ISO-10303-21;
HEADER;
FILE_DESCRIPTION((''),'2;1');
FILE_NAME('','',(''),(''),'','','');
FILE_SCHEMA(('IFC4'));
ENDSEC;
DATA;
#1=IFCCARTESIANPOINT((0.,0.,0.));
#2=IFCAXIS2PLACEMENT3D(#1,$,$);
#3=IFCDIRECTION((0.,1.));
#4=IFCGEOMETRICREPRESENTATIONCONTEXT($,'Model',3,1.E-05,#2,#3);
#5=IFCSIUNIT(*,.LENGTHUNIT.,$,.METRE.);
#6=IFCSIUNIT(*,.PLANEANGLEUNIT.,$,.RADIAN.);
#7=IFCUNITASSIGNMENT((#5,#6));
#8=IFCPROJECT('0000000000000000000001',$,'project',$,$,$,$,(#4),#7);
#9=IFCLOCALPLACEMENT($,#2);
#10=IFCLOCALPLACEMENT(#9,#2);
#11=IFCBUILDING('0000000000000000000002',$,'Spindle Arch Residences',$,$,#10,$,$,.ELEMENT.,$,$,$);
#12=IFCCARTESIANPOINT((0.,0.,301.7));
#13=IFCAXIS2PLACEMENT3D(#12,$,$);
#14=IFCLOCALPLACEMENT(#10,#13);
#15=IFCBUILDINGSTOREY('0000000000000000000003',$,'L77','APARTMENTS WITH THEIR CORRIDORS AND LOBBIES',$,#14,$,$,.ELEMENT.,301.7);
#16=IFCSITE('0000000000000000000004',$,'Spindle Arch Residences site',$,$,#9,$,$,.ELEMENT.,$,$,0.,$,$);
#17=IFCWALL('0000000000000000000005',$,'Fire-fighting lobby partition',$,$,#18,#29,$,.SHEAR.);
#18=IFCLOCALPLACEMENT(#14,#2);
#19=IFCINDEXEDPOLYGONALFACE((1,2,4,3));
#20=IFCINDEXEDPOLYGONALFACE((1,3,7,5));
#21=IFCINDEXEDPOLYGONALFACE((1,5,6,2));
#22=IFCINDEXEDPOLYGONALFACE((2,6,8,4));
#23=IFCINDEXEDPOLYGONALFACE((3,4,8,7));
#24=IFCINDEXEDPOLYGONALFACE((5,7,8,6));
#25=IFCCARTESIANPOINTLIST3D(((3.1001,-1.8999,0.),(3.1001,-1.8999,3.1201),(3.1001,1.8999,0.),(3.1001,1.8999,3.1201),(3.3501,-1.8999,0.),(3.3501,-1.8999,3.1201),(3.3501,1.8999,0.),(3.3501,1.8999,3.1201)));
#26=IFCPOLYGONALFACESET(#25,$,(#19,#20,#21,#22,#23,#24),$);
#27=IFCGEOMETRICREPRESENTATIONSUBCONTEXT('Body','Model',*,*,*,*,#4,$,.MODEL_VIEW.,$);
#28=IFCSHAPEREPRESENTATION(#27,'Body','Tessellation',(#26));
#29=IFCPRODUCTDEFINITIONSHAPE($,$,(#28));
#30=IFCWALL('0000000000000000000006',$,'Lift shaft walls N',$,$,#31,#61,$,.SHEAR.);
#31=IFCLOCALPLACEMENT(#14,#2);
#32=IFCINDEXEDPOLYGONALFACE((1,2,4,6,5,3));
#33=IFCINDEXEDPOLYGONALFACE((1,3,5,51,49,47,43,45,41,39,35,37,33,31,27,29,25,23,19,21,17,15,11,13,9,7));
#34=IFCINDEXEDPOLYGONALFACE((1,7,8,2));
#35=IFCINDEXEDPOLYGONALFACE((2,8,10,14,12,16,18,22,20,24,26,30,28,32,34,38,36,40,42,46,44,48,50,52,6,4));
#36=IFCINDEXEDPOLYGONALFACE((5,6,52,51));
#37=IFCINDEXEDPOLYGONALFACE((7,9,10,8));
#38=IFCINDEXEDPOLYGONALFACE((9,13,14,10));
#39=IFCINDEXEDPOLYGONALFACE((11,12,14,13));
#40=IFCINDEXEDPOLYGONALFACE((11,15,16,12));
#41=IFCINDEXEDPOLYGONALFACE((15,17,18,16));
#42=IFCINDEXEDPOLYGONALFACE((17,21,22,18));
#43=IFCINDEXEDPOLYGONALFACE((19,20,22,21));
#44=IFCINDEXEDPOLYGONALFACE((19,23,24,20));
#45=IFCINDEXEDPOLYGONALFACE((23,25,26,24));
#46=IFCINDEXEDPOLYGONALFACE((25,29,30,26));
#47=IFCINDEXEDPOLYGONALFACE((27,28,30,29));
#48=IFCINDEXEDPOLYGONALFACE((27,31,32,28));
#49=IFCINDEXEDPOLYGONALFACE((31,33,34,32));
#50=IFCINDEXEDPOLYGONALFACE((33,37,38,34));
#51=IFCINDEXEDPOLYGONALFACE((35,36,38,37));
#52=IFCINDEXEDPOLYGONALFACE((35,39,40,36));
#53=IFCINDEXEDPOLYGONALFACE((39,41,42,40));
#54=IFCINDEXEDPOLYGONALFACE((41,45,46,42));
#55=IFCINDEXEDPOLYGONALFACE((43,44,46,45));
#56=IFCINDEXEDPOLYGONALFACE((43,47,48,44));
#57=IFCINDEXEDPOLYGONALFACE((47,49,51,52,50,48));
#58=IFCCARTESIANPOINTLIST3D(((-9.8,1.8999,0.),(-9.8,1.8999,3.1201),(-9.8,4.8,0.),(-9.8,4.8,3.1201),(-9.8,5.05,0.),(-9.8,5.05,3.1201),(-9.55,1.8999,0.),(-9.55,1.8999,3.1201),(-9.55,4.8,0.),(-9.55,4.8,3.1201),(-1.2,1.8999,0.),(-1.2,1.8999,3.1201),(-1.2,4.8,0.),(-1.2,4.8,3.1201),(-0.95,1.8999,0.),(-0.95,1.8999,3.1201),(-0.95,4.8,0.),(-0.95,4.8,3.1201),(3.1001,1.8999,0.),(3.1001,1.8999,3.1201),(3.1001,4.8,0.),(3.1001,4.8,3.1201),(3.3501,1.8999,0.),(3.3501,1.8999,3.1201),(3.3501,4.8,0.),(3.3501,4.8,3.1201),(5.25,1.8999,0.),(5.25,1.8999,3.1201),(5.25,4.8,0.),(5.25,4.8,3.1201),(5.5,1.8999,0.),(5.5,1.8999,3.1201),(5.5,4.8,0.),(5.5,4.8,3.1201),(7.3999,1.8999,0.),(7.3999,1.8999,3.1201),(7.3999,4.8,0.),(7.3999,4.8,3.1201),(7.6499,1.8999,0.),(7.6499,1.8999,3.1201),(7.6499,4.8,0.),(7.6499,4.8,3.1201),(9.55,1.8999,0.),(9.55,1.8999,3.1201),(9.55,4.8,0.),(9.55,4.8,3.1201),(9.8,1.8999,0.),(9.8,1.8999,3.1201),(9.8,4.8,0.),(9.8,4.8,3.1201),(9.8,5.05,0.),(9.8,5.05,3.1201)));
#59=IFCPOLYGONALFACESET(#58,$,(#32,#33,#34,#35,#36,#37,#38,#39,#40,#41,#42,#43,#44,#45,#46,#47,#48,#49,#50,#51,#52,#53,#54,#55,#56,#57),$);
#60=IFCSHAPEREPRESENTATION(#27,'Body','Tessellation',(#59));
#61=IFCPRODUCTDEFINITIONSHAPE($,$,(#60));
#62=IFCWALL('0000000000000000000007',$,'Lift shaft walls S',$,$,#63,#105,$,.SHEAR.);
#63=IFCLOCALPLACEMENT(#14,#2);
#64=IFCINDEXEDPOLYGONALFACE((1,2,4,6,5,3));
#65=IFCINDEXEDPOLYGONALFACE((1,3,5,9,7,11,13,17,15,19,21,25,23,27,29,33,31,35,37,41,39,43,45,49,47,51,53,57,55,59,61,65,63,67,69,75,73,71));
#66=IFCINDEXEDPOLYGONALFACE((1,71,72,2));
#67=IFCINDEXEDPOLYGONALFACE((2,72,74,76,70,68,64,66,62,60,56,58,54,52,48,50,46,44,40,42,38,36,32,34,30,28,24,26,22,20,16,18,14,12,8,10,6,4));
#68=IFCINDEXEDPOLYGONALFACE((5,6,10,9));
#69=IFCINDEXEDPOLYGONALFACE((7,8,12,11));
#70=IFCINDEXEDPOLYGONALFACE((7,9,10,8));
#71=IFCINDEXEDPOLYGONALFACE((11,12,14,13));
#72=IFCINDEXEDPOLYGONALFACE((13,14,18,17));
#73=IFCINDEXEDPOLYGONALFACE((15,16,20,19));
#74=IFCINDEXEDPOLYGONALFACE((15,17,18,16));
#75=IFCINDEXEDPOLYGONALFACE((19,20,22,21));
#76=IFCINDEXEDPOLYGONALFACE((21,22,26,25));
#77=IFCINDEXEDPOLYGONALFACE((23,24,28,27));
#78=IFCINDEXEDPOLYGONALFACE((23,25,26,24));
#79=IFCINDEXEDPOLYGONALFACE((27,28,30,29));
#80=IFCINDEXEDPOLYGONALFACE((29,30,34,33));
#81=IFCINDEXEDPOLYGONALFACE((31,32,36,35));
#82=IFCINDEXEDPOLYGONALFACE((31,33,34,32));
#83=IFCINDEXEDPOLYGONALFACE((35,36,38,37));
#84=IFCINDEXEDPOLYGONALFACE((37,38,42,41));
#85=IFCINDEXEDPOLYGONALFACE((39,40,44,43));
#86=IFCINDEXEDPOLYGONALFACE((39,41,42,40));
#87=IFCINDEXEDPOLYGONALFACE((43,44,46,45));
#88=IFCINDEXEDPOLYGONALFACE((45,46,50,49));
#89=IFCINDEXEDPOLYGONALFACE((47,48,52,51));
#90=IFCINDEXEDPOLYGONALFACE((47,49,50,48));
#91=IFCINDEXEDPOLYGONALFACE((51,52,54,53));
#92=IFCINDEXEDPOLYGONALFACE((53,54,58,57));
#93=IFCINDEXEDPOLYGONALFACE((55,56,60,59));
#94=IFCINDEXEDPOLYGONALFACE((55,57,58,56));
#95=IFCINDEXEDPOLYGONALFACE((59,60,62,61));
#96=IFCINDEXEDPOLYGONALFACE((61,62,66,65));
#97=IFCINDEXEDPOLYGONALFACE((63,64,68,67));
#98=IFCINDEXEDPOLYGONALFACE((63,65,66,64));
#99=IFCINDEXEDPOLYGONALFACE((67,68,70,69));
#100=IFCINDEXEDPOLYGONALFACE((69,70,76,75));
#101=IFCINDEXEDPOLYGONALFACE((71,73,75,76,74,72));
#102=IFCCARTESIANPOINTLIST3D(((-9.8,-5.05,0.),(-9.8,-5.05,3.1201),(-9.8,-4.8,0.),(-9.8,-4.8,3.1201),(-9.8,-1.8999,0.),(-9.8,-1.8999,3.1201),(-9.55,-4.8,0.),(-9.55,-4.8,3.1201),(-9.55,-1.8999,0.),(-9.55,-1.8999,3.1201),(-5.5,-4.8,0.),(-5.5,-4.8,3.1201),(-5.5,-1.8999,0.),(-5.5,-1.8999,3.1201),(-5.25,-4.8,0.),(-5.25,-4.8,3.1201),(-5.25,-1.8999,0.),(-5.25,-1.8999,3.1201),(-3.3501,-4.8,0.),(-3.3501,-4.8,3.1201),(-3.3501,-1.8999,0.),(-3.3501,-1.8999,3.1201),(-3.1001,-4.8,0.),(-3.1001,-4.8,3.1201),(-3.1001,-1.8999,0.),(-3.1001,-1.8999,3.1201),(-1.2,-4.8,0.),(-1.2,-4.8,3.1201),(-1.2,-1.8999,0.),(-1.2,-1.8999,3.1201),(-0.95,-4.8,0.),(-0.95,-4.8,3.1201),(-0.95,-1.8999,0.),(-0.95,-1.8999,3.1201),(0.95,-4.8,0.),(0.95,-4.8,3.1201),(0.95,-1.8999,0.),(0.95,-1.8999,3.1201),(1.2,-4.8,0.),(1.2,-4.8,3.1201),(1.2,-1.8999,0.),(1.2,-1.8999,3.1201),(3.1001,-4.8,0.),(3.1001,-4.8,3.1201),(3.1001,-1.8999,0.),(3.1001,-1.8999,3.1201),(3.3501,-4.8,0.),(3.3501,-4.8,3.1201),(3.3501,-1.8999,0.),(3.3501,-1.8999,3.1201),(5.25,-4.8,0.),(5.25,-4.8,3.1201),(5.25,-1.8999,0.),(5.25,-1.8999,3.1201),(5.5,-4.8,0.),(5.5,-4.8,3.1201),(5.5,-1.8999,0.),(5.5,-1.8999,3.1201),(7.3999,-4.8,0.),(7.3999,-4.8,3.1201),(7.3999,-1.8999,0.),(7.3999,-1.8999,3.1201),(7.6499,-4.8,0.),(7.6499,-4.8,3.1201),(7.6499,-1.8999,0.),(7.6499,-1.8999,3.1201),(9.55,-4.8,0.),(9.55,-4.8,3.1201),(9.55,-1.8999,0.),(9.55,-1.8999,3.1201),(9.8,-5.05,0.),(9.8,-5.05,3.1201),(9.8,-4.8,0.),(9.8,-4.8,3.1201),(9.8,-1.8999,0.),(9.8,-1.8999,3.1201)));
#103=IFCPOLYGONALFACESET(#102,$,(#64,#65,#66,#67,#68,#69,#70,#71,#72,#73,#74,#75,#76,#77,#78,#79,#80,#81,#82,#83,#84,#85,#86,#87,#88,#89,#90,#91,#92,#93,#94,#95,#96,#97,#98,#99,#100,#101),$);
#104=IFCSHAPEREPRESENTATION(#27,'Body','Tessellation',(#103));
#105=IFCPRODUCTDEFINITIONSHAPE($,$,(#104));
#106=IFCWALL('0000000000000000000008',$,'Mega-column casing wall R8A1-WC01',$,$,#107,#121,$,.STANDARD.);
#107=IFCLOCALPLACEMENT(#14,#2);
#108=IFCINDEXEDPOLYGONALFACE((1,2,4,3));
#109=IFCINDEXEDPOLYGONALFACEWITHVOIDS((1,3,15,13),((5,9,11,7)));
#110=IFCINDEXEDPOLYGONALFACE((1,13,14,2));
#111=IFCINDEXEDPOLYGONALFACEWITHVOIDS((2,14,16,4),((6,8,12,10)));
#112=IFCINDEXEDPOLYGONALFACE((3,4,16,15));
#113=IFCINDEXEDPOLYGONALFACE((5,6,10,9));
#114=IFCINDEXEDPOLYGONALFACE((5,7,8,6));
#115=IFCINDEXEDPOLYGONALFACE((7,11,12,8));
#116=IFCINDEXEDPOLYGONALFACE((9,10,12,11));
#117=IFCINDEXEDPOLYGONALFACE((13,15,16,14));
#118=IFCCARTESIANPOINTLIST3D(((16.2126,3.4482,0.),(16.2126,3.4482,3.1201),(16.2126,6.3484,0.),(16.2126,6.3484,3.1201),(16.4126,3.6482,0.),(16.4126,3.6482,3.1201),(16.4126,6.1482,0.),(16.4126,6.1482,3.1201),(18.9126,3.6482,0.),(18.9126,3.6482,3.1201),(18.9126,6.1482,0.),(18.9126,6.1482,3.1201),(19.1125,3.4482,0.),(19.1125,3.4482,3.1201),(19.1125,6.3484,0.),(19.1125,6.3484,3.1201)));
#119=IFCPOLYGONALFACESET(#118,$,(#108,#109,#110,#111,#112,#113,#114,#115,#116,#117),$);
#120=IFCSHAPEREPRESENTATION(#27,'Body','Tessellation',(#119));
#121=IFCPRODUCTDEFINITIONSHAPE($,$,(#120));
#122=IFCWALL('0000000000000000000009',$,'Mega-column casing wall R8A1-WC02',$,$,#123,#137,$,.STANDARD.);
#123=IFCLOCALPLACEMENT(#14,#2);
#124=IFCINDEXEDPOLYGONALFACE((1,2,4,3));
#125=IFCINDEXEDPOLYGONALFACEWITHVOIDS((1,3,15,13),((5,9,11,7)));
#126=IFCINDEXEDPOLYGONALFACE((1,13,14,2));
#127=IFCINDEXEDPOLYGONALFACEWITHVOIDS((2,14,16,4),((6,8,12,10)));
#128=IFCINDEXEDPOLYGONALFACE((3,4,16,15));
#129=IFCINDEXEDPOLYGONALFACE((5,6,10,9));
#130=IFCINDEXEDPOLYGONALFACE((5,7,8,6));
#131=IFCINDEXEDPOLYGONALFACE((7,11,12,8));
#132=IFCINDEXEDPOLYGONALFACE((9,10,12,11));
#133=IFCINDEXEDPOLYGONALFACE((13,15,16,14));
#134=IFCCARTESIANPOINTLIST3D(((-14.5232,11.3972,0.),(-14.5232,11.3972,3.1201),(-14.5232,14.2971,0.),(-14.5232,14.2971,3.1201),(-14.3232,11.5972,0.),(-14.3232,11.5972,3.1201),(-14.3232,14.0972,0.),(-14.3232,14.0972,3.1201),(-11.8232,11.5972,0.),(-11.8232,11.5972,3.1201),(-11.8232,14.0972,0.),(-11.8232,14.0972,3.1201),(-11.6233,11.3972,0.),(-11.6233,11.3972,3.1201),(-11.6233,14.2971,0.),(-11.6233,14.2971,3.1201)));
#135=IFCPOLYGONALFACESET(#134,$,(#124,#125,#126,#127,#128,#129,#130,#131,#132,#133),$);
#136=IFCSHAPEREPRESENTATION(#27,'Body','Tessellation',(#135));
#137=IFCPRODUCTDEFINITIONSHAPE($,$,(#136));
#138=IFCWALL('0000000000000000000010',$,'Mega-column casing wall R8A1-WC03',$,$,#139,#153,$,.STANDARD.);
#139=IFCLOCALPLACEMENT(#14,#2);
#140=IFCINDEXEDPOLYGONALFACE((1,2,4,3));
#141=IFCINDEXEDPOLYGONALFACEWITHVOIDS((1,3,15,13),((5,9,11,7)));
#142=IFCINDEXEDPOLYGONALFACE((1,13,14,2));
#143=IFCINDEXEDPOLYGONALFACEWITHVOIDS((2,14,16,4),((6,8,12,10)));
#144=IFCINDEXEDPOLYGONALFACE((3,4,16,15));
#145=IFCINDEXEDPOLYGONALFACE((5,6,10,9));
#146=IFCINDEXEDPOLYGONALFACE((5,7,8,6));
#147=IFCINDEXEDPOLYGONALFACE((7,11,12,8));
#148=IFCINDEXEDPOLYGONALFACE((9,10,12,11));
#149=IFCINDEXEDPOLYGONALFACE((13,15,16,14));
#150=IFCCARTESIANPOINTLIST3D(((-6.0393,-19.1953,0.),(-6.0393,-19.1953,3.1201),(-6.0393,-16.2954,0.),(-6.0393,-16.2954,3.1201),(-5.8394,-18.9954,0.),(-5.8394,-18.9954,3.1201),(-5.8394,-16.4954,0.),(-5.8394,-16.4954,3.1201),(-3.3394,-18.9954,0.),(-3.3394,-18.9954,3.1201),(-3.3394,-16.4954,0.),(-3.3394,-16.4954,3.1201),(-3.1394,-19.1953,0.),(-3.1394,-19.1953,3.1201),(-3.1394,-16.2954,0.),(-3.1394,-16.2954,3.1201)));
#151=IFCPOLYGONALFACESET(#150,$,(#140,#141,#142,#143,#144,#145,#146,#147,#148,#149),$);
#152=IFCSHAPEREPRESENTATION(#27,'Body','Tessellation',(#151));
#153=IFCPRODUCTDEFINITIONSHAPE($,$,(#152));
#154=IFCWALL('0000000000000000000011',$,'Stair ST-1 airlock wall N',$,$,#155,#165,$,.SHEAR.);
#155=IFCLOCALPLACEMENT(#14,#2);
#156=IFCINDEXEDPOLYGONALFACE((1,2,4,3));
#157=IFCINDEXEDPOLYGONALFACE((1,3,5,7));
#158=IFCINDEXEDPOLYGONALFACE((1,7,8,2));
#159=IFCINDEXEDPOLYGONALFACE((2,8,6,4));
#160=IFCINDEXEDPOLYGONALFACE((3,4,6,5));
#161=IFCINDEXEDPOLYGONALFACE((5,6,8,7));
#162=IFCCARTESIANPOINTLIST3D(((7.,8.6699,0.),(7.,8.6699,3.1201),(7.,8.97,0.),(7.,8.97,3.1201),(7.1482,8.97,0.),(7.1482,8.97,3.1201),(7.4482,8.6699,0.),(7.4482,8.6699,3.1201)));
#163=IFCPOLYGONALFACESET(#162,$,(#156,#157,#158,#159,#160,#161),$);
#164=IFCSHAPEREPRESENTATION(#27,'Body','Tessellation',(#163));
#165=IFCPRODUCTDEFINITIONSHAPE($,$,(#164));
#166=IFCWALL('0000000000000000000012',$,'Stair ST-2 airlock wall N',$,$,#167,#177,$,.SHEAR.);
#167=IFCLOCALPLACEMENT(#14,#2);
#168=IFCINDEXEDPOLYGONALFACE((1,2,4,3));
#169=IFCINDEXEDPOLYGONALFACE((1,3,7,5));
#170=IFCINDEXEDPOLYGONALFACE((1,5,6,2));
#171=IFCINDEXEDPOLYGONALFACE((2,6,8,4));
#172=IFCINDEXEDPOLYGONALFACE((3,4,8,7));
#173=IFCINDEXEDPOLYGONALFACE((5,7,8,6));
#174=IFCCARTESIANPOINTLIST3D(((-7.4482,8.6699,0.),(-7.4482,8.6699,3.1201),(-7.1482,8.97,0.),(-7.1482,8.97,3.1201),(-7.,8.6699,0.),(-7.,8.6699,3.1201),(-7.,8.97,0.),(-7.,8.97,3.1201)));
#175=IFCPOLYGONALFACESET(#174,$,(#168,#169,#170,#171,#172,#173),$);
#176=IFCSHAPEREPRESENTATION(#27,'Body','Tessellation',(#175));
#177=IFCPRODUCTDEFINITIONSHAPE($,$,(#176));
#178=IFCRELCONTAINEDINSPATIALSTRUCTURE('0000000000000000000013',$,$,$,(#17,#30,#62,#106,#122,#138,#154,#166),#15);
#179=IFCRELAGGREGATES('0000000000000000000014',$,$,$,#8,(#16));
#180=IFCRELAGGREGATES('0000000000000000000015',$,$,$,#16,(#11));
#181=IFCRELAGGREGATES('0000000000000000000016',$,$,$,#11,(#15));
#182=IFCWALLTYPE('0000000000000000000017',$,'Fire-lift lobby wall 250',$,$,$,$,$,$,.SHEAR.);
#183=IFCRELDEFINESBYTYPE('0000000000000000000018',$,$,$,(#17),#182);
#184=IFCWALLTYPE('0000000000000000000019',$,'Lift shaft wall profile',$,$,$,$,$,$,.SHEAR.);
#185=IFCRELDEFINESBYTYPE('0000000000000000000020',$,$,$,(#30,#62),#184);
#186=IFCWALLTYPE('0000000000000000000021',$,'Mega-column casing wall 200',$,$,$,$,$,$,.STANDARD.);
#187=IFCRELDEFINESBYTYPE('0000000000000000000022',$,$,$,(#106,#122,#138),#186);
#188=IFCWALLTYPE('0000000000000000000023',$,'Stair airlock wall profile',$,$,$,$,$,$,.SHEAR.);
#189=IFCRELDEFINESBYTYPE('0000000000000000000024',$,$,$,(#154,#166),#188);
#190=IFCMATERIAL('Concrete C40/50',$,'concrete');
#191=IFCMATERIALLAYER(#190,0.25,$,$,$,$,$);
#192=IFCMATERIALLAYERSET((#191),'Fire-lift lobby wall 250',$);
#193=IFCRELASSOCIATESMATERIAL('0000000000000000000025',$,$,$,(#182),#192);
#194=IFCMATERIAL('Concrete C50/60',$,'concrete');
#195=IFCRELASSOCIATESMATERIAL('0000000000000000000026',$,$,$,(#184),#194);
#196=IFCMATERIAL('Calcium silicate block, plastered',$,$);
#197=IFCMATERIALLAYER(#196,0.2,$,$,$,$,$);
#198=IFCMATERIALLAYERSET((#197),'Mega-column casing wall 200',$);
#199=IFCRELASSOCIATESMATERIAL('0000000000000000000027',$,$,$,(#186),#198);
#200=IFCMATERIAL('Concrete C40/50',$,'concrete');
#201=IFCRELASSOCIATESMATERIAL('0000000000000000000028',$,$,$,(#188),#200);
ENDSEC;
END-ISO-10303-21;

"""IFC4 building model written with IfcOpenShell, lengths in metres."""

from ifc_helpers import new_model, si_unit, direction, frame, frame_2d, origin, place, context, subcontext, project, spatial, polyline, rectangle, outline, extrude, material, layer, layer_set, type_object, element, save


model = new_model("IFC4")

# Units and contexts
model_context = context("Model", 3, precision=1e-05, world=origin(), true_north=direction((0.0, 1.0)))
body_context = subcontext(model_context, "Body", "Model", "MODEL_VIEW")
ifc_project = project(units=[si_unit("LENGTHUNIT", "METRE"), si_unit("PLANEANGLEUNIT", "RADIAN")], contexts=[model_context])

# Site, building, storey
site_placement = place(None, origin())
site = spatial("IfcSite", under=ifc_project, at=site_placement, Name="Spindle Arch Residences site", CompositionType="ELEMENT", RefElevation=0.0)
building_placement = place(site_placement, origin())
building = spatial("IfcBuilding", under=site, at=building_placement, Name="Spindle Arch Residences", CompositionType="ELEMENT")
storey_placement = place(building_placement, frame((0.0, 0.0, 301.7)))
storey = spatial("IfcBuildingStorey", under=building, at=storey_placement, Name="L77", Description="APARTMENTS WITH THEIR CORRIDORS AND LOBBIES", CompositionType="ELEMENT", Elevation=301.7)

# Wall
ifc_material_1 = material(Name="Concrete C40/50", Category="concrete")
ifc_layer_1 = layer(ifc_material_1, 0.25)
ifc_layer_set_1 = layer_set([ifc_layer_1], Name="Fire-lift lobby wall 250")
wall_type_1 = type_object("IfcWallType", Name="Fire-lift lobby wall 250", PredefinedType="SHEAR", material=ifc_layer_set_1)
wall_1_placement = place(storey_placement, frame((3.2251, -1.8999, 0.0), z_axis=(0.0, 0.0, 1.0), x_axis=(0.0, 1.0, 0.0)))
element("IfcWall", 1, at=wall_1_placement, inside=storey, type_object=wall_type_1, Name="Fire-fighting lobby partition", PredefinedType="SHEAR", context=body_context, shape_type="SweptSolid", body=[
    extrude(rectangle(XDim=3.7998, YDim=0.25, at=frame_2d((1.8999, 0.0))), origin(), (0.0, 0.0, 1.0), 3.1201),
])

# Walls
ifc_material_2 = material(Name="Concrete C50/60", Category="concrete")
wall_type_2 = type_object("IfcWallType", Name="Lift shaft wall profile", PredefinedType="SHEAR", material=ifc_material_2)
wall_2_placement = place(storey_placement, origin())
element("IfcWall", 2, at=wall_2_placement, inside=storey, type_object=wall_type_2, Name="Lift shaft walls N", PredefinedType="SHEAR", context=body_context, shape_type="SweptSolid", body=[
    extrude(outline(polyline([(-9.8, 1.8999), (-9.55, 1.8999), (-9.55, 4.8), (-1.2, 4.8), (-1.2, 1.8999), (-0.95, 1.8999), (-0.95, 4.8), (3.1001, 4.8), (3.1001, 1.8999), (3.3501, 1.8999), (3.3501, 4.8), (5.25, 4.8), (5.25, 1.8999), (5.5, 1.8999), (5.5, 4.8), (7.3999, 4.8), (7.3999, 1.8999), (7.6499, 1.8999), (7.6499, 4.8), (9.55, 4.8), (9.55, 1.8999), (9.8, 1.8999), (9.8, 4.8), (9.8, 5.05), (-9.8, 5.05), (-9.8, 4.8), (-9.8, 1.8999)])), origin(), (0.0, 0.0, 1.0), 3.1201),
])
wall_3_placement = place(storey_placement, origin())
element("IfcWall", 3, at=wall_3_placement, inside=storey, type_object=wall_type_2, Name="Lift shaft walls S", PredefinedType="SHEAR", context=body_context, shape_type="SweptSolid", body=[
    extrude(outline(polyline([(9.8, -5.05), (9.8, -4.8), (9.8, -1.8999), (9.55, -1.8999), (9.55, -4.8), (7.6499, -4.8), (7.6499, -1.8999), (7.3999, -1.8999), (7.3999, -4.8), (5.5, -4.8), (5.5, -1.8999), (5.25, -1.8999), (5.25, -4.8), (3.3501, -4.8), (3.3501, -1.8999), (3.1001, -1.8999), (3.1001, -4.8), (1.2, -4.8), (1.2, -1.8999), (0.95, -1.8999), (0.95, -4.8), (-0.95, -4.8), (-0.95, -1.8999), (-1.2, -1.8999), (-1.2, -4.8), (-3.1001, -4.8), (-3.1001, -1.8999), (-3.3501, -1.8999), (-3.3501, -4.8), (-5.25, -4.8), (-5.25, -1.8999), (-5.5, -1.8999), (-5.5, -4.8), (-9.55, -4.8), (-9.55, -1.8999), (-9.8, -1.8999), (-9.8, -4.8), (-9.8, -5.05), (9.8, -5.05)])), origin(), (0.0, 0.0, 1.0), 3.1201),
])
ifc_material_3 = material(Name="Calcium silicate block, plastered")
ifc_layer_2 = layer(ifc_material_3, 0.2)
ifc_layer_set_2 = layer_set([ifc_layer_2], Name="Mega-column casing wall 200")
wall_type_3 = type_object("IfcWallType", Name="Mega-column casing wall 200", PredefinedType="STANDARD", material=ifc_layer_set_2)
wall_4_placement = place(storey_placement, origin())
element("IfcWall", 4, at=wall_4_placement, inside=storey, type_object=wall_type_3, Name="Mega-column casing wall R8A1-WC01", PredefinedType="STANDARD", context=body_context, shape_type="SweptSolid", body=[
    extrude(outline(polyline([(19.1125, 6.3484), (19.1125, 3.4482), (16.2126, 3.4482), (16.2126, 6.3484), (19.1125, 6.3484)]), holes=[polyline([(16.4126, 3.6482), (18.9126, 3.6482), (18.9126, 6.1482), (16.4126, 6.1482), (16.4126, 3.6482)])]), origin(), (0.0, 0.0, 1.0), 3.1201),
])
wall_5_placement = place(storey_placement, origin())
element("IfcWall", 5, at=wall_5_placement, inside=storey, type_object=wall_type_3, Name="Mega-column casing wall R8A1-WC02", PredefinedType="STANDARD", context=body_context, shape_type="SweptSolid", body=[
    extrude(outline(polyline([(-11.6233, 14.2971), (-11.6233, 11.3972), (-14.5232, 11.3972), (-14.5232, 14.2971), (-11.6233, 14.2971)]), holes=[polyline([(-14.3232, 11.5972), (-11.8232, 11.5972), (-11.8232, 14.0972), (-14.3232, 14.0972), (-14.3232, 11.5972)])]), origin(), (0.0, 0.0, 1.0), 3.1201),
])
wall_6_placement = place(storey_placement, origin())
element("IfcWall", 6, at=wall_6_placement, inside=storey, type_object=wall_type_3, Name="Mega-column casing wall R8A1-WC03", PredefinedType="STANDARD", context=body_context, shape_type="SweptSolid", body=[
    extrude(outline(polyline([(-3.1394, -16.2954), (-3.1394, -19.1953), (-6.0393, -19.1953), (-6.0393, -16.2954), (-3.1394, -16.2954)]), holes=[polyline([(-5.8394, -18.9954), (-3.3394, -18.9954), (-3.3394, -16.4954), (-5.8394, -16.4954), (-5.8394, -18.9954)])]), origin(), (0.0, 0.0, 1.0), 3.1201),
])
ifc_material_4 = material(Name="Concrete C40/50", Category="concrete")
wall_type_4 = type_object("IfcWallType", Name="Stair airlock wall profile", PredefinedType="SHEAR", material=ifc_material_4)
wall_7_placement = place(storey_placement, origin())
element("IfcWall", 7, at=wall_7_placement, inside=storey, type_object=wall_type_4, Name="Stair ST-1 airlock wall N", PredefinedType="SHEAR", context=body_context, shape_type="SweptSolid", body=[
    extrude(outline(polyline([(7.4482, 8.6699), (7.0, 8.6699), (7.0, 8.97), (7.1482, 8.97), (7.4482, 8.6699)])), origin(), (0.0, 0.0, 1.0), 3.1201),
])
wall_8_placement = place(storey_placement, origin())
element("IfcWall", 8, at=wall_8_placement, inside=storey, type_object=wall_type_4, Name="Stair ST-2 airlock wall N", PredefinedType="SHEAR", context=body_context, shape_type="SweptSolid", body=[
    extrude(outline(polyline([(-7.1482, 8.97), (-7.0, 8.97), (-7.0, 8.6699), (-7.4482, 8.6699), (-7.1482, 8.97)])), origin(), (0.0, 0.0, 1.0), 3.1201),
])

save(model, "model.ifc")
